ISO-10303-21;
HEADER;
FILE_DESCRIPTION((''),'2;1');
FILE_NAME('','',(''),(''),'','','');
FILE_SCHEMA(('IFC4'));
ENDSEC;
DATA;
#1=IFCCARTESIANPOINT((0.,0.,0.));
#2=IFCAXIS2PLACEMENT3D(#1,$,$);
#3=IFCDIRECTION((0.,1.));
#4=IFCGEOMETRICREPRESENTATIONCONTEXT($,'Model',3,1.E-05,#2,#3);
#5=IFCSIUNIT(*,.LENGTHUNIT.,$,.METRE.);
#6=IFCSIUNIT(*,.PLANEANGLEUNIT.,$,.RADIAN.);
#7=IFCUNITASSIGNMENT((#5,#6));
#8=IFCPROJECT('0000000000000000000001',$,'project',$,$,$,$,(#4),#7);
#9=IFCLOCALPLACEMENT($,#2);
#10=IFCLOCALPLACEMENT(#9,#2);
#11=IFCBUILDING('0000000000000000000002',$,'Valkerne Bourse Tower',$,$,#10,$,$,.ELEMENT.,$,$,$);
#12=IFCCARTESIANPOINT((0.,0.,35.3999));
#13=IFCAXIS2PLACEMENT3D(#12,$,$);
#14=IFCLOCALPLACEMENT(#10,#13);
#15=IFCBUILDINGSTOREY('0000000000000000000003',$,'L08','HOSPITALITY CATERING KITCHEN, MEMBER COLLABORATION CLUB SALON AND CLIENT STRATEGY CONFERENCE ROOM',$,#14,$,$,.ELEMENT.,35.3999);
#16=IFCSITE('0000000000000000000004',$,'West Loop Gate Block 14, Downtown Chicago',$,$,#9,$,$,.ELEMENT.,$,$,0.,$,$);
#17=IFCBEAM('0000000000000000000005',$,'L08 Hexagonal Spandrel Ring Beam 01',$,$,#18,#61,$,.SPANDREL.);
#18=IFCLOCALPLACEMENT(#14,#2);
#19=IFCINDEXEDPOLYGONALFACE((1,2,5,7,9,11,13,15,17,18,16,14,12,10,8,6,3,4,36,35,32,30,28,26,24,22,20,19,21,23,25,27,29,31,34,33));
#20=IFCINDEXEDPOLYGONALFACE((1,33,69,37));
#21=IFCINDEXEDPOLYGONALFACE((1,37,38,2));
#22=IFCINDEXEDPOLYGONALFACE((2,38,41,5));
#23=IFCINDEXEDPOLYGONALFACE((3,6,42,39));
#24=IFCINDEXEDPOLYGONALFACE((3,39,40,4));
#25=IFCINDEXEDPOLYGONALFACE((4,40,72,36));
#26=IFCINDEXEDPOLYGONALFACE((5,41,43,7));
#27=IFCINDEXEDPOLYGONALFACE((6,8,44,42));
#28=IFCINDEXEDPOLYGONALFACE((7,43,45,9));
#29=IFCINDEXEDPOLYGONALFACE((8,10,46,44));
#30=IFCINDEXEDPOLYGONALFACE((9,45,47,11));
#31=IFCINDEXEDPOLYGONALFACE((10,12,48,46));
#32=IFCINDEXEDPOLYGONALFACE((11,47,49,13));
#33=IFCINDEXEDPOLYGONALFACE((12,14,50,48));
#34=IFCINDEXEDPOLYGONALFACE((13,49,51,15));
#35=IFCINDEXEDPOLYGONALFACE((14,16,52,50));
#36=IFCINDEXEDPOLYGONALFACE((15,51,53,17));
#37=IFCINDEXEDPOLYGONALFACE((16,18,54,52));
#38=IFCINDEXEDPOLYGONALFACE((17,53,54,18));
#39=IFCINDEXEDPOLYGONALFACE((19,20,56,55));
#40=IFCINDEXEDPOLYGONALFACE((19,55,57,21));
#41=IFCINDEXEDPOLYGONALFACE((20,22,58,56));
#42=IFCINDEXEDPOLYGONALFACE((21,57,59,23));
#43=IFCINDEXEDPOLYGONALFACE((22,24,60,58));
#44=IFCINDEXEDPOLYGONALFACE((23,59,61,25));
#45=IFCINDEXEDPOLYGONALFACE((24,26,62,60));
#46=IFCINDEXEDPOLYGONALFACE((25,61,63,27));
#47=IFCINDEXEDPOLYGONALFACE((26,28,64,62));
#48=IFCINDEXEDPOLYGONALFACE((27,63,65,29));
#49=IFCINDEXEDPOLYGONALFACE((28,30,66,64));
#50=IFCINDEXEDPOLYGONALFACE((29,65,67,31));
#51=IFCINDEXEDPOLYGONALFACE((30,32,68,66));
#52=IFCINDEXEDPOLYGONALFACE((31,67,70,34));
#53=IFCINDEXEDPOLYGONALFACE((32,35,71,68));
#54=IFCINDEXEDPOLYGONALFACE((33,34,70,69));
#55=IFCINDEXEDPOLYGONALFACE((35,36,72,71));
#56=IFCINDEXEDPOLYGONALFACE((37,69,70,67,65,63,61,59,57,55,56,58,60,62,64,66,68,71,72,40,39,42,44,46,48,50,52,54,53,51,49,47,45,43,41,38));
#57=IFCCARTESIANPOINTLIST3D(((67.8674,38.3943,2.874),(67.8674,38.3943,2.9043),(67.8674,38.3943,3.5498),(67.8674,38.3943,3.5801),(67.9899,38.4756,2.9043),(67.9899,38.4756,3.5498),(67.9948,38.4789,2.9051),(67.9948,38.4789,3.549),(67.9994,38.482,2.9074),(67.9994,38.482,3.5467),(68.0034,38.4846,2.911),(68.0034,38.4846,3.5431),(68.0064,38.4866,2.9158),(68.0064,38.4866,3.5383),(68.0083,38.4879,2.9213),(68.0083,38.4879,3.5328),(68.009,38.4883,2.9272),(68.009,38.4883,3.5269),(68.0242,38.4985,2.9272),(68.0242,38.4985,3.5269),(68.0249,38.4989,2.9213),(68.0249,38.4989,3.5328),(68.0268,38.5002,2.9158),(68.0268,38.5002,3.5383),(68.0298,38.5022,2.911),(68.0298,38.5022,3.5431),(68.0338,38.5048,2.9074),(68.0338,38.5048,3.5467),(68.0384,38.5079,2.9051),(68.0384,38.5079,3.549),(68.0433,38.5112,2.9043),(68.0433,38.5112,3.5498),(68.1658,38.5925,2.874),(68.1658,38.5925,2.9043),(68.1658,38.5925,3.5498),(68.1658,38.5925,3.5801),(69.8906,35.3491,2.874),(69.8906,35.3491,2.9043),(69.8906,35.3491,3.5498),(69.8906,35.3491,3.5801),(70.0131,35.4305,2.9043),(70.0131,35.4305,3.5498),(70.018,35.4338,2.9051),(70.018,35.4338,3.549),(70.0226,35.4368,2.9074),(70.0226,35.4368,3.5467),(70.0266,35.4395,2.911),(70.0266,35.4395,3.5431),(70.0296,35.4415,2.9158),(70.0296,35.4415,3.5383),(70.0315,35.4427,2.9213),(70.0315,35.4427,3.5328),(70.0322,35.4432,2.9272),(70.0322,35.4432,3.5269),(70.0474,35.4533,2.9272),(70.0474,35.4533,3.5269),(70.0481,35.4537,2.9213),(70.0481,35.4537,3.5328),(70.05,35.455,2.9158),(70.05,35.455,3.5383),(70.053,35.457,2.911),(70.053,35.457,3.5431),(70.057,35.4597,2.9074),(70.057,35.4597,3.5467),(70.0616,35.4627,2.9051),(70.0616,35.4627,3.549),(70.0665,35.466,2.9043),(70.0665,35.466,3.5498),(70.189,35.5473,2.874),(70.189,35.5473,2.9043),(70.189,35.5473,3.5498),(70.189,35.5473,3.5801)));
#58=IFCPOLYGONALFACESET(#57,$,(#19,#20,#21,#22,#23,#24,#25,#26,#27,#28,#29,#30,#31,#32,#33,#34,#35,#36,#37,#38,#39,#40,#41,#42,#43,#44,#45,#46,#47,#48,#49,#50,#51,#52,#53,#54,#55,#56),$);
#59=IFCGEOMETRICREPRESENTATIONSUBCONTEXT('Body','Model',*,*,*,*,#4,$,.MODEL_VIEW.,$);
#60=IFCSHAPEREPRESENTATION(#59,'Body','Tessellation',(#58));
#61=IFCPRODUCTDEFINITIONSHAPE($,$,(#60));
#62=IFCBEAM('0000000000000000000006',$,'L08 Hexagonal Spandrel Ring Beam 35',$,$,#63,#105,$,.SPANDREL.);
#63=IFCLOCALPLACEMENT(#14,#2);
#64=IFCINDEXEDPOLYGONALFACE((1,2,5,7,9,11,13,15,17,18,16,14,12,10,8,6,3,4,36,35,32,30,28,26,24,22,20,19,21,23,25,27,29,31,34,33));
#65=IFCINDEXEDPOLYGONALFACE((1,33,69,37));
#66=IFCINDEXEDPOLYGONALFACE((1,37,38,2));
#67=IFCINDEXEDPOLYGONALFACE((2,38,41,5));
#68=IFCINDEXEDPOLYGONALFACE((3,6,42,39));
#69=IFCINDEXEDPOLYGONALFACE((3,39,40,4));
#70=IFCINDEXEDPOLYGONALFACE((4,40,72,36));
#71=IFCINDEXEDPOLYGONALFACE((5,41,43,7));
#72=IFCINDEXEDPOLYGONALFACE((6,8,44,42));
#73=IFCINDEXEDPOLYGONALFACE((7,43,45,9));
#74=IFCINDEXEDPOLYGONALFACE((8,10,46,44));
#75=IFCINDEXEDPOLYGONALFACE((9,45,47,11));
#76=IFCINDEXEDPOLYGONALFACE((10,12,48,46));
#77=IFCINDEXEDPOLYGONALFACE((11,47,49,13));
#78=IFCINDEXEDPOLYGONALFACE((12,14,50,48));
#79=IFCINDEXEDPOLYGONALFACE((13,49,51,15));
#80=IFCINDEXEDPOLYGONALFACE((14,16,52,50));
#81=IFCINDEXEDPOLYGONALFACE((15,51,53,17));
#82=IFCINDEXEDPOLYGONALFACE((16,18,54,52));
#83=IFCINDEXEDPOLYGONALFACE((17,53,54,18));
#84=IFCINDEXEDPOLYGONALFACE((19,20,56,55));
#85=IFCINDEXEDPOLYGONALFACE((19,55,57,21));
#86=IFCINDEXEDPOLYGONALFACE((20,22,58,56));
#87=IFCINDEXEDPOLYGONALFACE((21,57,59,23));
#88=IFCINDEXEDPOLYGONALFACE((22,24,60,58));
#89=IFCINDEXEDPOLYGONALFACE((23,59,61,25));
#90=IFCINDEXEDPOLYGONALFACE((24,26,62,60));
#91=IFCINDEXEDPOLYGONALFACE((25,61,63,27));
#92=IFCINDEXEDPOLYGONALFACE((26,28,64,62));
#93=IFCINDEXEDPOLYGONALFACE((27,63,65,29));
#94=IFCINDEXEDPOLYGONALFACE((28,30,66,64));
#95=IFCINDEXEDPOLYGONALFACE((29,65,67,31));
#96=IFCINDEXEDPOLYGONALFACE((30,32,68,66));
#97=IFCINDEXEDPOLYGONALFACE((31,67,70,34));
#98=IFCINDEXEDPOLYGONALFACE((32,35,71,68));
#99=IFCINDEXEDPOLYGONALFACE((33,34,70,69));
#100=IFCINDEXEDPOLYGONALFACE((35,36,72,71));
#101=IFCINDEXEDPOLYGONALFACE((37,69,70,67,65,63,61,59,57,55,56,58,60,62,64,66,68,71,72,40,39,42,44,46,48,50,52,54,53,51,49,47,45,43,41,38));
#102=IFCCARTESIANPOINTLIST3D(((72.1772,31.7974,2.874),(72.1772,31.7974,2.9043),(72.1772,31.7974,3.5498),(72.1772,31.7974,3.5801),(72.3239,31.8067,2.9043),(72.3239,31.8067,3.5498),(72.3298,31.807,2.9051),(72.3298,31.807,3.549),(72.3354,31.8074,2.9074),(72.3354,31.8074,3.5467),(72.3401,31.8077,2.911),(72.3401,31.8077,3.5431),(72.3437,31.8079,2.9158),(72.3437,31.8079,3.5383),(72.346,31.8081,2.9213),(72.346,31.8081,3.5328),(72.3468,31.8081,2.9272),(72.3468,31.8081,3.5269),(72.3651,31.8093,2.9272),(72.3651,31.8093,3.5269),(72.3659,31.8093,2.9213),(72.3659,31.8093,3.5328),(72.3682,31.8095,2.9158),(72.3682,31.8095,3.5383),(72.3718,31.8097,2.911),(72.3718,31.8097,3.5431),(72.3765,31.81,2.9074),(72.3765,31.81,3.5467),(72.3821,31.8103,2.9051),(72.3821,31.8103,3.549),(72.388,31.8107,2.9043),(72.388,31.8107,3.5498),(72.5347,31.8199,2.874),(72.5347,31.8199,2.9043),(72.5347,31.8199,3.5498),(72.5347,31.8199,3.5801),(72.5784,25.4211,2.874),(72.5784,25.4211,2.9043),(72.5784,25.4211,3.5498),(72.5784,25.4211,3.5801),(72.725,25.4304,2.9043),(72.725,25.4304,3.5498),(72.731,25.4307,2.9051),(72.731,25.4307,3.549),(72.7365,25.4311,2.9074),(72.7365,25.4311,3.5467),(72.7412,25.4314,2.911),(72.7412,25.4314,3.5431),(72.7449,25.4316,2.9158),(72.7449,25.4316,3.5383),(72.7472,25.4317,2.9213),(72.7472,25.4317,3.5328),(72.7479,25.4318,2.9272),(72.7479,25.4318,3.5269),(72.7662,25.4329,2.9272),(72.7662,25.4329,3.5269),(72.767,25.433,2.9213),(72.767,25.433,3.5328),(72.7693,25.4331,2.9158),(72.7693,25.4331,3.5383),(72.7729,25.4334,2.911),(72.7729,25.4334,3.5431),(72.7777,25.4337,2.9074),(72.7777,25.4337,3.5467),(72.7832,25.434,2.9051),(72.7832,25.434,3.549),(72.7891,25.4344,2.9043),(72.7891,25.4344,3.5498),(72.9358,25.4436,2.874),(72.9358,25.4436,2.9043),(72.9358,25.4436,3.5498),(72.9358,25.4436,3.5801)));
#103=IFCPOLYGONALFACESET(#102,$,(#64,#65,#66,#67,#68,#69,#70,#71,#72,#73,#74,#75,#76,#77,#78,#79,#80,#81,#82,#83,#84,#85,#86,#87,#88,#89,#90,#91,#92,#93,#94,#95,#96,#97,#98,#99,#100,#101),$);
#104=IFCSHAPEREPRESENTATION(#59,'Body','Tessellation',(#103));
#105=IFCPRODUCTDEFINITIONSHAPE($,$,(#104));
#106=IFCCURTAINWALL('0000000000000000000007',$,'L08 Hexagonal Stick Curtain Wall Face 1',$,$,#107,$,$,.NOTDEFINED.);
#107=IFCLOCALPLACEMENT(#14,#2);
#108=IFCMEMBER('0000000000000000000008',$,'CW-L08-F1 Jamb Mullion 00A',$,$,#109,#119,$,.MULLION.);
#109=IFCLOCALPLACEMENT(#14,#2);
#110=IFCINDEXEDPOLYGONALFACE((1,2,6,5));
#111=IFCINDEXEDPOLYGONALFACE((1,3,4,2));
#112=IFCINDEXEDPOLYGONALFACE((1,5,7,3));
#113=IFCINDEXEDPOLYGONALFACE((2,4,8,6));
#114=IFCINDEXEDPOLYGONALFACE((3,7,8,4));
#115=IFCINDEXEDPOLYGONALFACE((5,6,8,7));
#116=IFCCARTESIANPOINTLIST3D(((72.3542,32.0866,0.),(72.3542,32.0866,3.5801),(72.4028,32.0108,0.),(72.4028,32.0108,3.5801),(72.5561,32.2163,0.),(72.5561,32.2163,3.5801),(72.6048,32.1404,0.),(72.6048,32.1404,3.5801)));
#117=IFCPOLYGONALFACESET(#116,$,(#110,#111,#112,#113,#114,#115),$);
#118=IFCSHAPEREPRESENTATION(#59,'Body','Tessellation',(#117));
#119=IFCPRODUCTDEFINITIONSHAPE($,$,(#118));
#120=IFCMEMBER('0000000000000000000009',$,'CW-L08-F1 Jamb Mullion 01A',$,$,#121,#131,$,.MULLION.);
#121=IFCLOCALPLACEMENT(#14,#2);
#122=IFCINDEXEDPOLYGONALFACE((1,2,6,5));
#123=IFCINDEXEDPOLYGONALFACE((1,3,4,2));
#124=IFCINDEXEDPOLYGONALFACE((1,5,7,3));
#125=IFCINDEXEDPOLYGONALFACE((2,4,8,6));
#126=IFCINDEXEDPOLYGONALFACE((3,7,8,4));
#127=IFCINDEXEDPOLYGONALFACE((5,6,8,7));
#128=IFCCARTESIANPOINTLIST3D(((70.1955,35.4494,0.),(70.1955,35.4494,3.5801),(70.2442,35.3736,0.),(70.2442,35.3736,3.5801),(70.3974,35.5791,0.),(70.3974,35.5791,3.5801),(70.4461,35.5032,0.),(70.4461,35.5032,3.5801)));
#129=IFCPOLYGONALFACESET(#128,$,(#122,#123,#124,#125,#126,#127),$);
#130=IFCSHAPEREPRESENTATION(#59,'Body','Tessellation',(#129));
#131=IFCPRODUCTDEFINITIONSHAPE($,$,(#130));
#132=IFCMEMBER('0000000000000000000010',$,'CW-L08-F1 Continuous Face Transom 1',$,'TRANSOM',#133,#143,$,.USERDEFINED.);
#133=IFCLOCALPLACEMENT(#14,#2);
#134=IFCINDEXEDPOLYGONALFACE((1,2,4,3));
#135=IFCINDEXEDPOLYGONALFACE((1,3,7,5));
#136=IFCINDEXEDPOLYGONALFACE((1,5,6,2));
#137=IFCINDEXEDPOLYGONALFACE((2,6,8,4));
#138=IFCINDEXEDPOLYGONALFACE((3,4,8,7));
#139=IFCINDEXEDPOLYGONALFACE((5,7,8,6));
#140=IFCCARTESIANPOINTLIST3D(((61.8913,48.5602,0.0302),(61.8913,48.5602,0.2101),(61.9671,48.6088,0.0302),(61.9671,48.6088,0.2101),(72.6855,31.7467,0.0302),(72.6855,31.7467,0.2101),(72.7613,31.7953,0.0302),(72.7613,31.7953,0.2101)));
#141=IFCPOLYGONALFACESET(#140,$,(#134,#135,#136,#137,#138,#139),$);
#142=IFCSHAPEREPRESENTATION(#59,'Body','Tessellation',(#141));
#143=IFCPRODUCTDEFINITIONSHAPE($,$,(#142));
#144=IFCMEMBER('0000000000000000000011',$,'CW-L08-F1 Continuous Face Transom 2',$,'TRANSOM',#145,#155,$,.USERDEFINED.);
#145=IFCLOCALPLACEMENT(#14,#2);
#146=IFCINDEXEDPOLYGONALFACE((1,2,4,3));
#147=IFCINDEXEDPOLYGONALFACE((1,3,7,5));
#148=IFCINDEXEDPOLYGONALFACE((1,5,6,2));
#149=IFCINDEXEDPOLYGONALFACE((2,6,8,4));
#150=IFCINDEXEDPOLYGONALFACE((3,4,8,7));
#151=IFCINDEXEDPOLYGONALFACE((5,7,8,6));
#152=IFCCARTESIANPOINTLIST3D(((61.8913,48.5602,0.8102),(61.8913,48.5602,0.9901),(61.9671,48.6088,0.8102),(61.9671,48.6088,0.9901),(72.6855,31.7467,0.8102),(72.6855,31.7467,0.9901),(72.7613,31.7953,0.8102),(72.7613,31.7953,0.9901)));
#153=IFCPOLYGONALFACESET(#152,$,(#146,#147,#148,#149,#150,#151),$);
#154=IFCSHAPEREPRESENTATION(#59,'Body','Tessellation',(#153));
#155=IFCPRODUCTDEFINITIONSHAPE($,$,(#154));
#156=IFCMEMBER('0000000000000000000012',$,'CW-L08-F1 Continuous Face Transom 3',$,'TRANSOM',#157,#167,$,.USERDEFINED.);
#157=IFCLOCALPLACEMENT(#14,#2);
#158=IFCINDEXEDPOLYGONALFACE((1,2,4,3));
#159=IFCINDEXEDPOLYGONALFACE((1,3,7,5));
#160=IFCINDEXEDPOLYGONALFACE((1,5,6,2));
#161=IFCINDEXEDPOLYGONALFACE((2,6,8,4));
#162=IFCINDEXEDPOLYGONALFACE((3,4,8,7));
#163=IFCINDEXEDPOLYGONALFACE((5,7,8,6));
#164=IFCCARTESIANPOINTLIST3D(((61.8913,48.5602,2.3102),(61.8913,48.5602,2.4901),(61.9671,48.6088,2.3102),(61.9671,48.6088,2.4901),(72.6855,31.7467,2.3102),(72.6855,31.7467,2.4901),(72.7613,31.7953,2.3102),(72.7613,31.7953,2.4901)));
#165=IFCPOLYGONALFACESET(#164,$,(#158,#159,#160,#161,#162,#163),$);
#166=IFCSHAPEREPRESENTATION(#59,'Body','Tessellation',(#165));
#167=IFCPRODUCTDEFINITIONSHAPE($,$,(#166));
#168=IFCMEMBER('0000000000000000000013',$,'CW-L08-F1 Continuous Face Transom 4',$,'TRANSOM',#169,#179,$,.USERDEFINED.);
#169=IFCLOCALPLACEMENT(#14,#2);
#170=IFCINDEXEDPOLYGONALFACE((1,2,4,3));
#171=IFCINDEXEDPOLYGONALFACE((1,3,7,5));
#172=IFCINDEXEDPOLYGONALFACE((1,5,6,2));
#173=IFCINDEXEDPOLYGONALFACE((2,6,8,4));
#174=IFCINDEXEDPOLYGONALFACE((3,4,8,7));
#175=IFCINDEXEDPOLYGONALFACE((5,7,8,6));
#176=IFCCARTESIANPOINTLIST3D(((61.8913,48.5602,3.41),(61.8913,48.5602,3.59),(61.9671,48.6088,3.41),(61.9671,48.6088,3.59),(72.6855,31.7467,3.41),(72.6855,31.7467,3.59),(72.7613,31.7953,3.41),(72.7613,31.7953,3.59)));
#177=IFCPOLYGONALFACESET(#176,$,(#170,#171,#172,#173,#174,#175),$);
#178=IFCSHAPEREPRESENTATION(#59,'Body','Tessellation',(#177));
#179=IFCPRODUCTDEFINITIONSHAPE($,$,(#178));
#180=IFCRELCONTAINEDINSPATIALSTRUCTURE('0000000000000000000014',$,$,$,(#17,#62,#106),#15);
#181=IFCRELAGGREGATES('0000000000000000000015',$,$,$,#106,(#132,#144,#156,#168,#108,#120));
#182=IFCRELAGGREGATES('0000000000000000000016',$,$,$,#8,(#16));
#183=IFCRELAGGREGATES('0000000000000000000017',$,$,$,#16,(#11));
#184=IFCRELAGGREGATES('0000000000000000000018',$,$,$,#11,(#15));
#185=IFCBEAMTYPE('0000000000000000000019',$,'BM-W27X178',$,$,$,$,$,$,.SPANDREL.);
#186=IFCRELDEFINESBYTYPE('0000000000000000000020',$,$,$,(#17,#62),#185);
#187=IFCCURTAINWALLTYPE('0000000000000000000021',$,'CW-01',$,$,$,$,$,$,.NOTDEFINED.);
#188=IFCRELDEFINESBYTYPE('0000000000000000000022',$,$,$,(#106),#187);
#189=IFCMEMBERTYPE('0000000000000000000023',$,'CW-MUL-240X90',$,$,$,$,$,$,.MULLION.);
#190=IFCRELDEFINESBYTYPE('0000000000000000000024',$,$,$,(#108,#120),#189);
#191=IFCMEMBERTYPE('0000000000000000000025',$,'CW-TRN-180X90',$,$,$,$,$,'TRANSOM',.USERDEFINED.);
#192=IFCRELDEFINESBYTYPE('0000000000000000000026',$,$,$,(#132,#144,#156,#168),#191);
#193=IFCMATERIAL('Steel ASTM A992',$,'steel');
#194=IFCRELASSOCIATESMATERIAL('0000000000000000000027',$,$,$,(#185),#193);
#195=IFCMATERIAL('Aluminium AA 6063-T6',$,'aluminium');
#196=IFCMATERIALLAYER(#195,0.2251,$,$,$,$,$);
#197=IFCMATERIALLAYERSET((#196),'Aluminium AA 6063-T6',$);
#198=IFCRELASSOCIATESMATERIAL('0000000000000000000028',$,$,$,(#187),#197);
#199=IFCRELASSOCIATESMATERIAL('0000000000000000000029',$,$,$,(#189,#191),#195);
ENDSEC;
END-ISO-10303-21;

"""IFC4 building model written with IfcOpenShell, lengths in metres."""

from ifc_helpers import new_model, si_unit, direction, frame, origin, origin_2d, place, context, subcontext, project, spatial, rectangle, i_section, extrude, material, layer, layer_set, material_profile, profile_set, type_object, element, aggregate, save


model = new_model("IFC4")

# Units and contexts
model_context = context("Model", 3, precision=1e-05, world=origin(), true_north=direction((0.0, 1.0)))
body_context = subcontext(model_context, "Body", "Model", "MODEL_VIEW")
ifc_project = project(units=[si_unit("LENGTHUNIT", "METRE"), si_unit("PLANEANGLEUNIT", "RADIAN")], contexts=[model_context])

# Site, building, storey
site_placement = place(None, origin())
site = spatial("IfcSite", under=ifc_project, at=site_placement, Name="West Loop Gate Block 14, Downtown Chicago", CompositionType="ELEMENT", RefElevation=0.0)
building_placement = place(site_placement, origin())
building = spatial("IfcBuilding", under=site, at=building_placement, Name="Valkerne Bourse Tower", CompositionType="ELEMENT")
storey_placement = place(building_placement, frame((0.0, 0.0, 35.3999)))
storey = spatial("IfcBuildingStorey", under=building, at=storey_placement, Name="L08", Description="HOSPITALITY CATERING KITCHEN, MEMBER COLLABORATION CLUB SALON AND CLIENT STRATEGY CONFERENCE ROOM", CompositionType="ELEMENT", Elevation=35.3999)

# Beams
ifc_material_1 = material(Name="Steel ASTM A992", Category="steel")
ifc_material_profile_1 = material_profile(ifc_material_1, i_section(OverallWidth=0.3582, OverallDepth=0.7061, WebThickness=0.0183, FlangeThickness=0.0303, FilletRadius=0.0229, at=origin_2d()), Name="W27X178")
ifc_profile_set_1 = profile_set([ifc_material_profile_1], Name="Steel ASTM A992")
beam_type = type_object("IfcBeamType", Name="BM-W27X178", PredefinedType="SPANDREL", material=ifc_profile_set_1)
for number, where, z_axis, x_axis, name in (
    (1, (70.0398, 35.4482, 3.2271), (-0.55339, 0.832923, 0.0), (-0.832923, -0.55339, 0.0), "L08 Hexagonal Spandrel Ring Beam 01"),
):
    element("IfcBeam", number, at=place(storey_placement, frame(where, z_axis=z_axis, x_axis=x_axis)), inside=storey, type_object=beam_type, Name=name, PredefinedType="SPANDREL", context=body_context, shape_type="SweptSolid", body=[
        extrude(i_section(OverallWidth=0.3582, OverallDepth=0.7061, WebThickness=0.0183, FlangeThickness=0.0303, FilletRadius=0.0229, at=origin_2d()), origin(), (0.0, 0.0, 1.0), 3.656),
    ])
beam_placement = place(storey_placement, frame((72.7571, 25.4324, 3.2271), z_axis=(-0.062785, 0.998027, 0.0), x_axis=(-0.998027, -0.062785, 0.0)))
element("IfcBeam", 2, at=beam_placement, inside=storey, type_object=beam_type, Name="L08 Hexagonal Spandrel Ring Beam 35", PredefinedType="SPANDREL", context=body_context, shape_type="SweptSolid", body=[
    extrude(i_section(OverallWidth=0.3582, OverallDepth=0.7061, WebThickness=0.0183, FlangeThickness=0.0303, FilletRadius=0.0229, at=origin_2d()), origin(), (0.0, 0.0, 1.0), 6.3889),
])

# Curtain wall, members
ifc_material_2 = material(Name="Aluminium AA 6063-T6", Category="aluminium")
ifc_layer_1 = layer(ifc_material_2, 0.2251)
ifc_layer_set_1 = layer_set([ifc_layer_1], Name="Aluminium AA 6063-T6")
curtain_wall_type = type_object("IfcCurtainWallType", Name="CW-01", PredefinedType="NOTDEFINED", material=ifc_layer_set_1)
curtain_wall_placement = place(storey_placement, origin())
curtain_wall = element("IfcCurtainWall", 3, at=curtain_wall_placement, inside=storey, type_object=curtain_wall_type, Name="L08 Hexagonal Stick Curtain Wall Face 1", PredefinedType="NOTDEFINED")
ifc_material_profile_2 = material_profile(ifc_material_2, rectangle(XDim=0.0901, YDim=0.24, at=origin_2d()), Name="CWM-90X240")
ifc_profile_set_2 = profile_set([ifc_material_profile_2], Name="Aluminium AA 6063-T6")
member_type_1 = type_object("IfcMemberType", Name="CW-MUL-240X90", PredefinedType="MULLION", material=ifc_profile_set_2)
member_1_placement = place(storey_placement, frame((72.4795, 32.1135, 0.0), z_axis=(0.0, 0.0, 1.0), x_axis=(-0.540238, 0.841512, 0.0)))
member_1 = element("IfcMember", 4, at=member_1_placement, type_object=member_type_1, Name="CW-L08-F1 Jamb Mullion 00A", PredefinedType="MULLION", context=body_context, shape_type="SweptSolid", body=[
    extrude(rectangle(XDim=0.0901, YDim=0.24, at=origin_2d()), origin(), (0.0, 0.0, 1.0), 3.5801),
])
member_2_placement = place(storey_placement, frame((70.3208, 35.4763, 0.0), z_axis=(0.0, 0.0, 1.0), x_axis=(-0.540249, 0.841505, 0.0)))
member_2 = element("IfcMember", 5, at=member_2_placement, type_object=member_type_1, Name="CW-L08-F1 Jamb Mullion 01A", PredefinedType="MULLION", context=body_context, shape_type="SweptSolid", body=[
    extrude(rectangle(XDim=0.0901, YDim=0.24, at=origin_2d()), origin(), (0.0, 0.0, 1.0), 3.5801),
])
ifc_material_profile_3 = material_profile(ifc_material_2, rectangle(XDim=0.0901, YDim=0.1799, at=origin_2d()), Name="CWT-90X180")
ifc_profile_set_3 = profile_set([ifc_material_profile_3], Name="Aluminium AA 6063-T6")
member_type_2 = type_object("IfcMemberType", Name="CW-TRN-180X90", ElementType="TRANSOM", PredefinedType="USERDEFINED", material=ifc_profile_set_3)
member_3_placement = place(storey_placement, frame((72.7234, 31.771, 0.1201), z_axis=(-0.540245, 0.841508, 0.0), x_axis=(-0.841508, -0.540245, 0.0)))
member_3 = element("IfcMember", 6, at=member_3_placement, type_object=member_type_2, Name="CW-L08-F1 Continuous Face Transom 1", ObjectType="TRANSOM", PredefinedType="USERDEFINED", context=body_context, shape_type="SweptSolid", body=[
    extrude(rectangle(XDim=0.0901, YDim=0.1799, at=origin_2d()), origin(), (0.0, 0.0, 1.0), 19.9802),
])
member_4_placement = place(storey_placement, frame((72.7234, 31.771, 0.9001), z_axis=(-0.540245, 0.841508, 0.0), x_axis=(-0.841508, -0.540245, 0.0)))
member_4 = element("IfcMember", 7, at=member_4_placement, type_object=member_type_2, Name="CW-L08-F1 Continuous Face Transom 2", ObjectType="TRANSOM", PredefinedType="USERDEFINED", context=body_context, shape_type="SweptSolid", body=[
    extrude(rectangle(XDim=0.0901, YDim=0.1799, at=origin_2d()), origin(), (0.0, 0.0, 1.0), 19.9802),
])
member_5_placement = place(storey_placement, frame((72.7234, 31.771, 2.4001), z_axis=(-0.540245, 0.841508, 0.0), x_axis=(-0.841508, -0.540245, 0.0)))
member_5 = element("IfcMember", 8, at=member_5_placement, type_object=member_type_2, Name="CW-L08-F1 Continuous Face Transom 3", ObjectType="TRANSOM", PredefinedType="USERDEFINED", context=body_context, shape_type="SweptSolid", body=[
    extrude(rectangle(XDim=0.0901, YDim=0.1799, at=origin_2d()), origin(), (0.0, 0.0, 1.0), 19.9802),
])
member_6_placement = place(storey_placement, frame((72.7234, 31.771, 3.5), z_axis=(-0.540245, 0.841508, 0.0), x_axis=(-0.841508, -0.540245, 0.0)))
member_6 = element("IfcMember", 9, at=member_6_placement, type_object=member_type_2, Name="CW-L08-F1 Continuous Face Transom 4", ObjectType="TRANSOM", PredefinedType="USERDEFINED", context=body_context, shape_type="SweptSolid", body=[
    extrude(rectangle(XDim=0.0901, YDim=0.1799, at=origin_2d()), origin(), (0.0, 0.0, 1.0), 19.9802),
])

aggregate(curtain_wall, [member_3, member_4, member_5, member_6, member_1, member_2])

save(model, "model.ifc")
